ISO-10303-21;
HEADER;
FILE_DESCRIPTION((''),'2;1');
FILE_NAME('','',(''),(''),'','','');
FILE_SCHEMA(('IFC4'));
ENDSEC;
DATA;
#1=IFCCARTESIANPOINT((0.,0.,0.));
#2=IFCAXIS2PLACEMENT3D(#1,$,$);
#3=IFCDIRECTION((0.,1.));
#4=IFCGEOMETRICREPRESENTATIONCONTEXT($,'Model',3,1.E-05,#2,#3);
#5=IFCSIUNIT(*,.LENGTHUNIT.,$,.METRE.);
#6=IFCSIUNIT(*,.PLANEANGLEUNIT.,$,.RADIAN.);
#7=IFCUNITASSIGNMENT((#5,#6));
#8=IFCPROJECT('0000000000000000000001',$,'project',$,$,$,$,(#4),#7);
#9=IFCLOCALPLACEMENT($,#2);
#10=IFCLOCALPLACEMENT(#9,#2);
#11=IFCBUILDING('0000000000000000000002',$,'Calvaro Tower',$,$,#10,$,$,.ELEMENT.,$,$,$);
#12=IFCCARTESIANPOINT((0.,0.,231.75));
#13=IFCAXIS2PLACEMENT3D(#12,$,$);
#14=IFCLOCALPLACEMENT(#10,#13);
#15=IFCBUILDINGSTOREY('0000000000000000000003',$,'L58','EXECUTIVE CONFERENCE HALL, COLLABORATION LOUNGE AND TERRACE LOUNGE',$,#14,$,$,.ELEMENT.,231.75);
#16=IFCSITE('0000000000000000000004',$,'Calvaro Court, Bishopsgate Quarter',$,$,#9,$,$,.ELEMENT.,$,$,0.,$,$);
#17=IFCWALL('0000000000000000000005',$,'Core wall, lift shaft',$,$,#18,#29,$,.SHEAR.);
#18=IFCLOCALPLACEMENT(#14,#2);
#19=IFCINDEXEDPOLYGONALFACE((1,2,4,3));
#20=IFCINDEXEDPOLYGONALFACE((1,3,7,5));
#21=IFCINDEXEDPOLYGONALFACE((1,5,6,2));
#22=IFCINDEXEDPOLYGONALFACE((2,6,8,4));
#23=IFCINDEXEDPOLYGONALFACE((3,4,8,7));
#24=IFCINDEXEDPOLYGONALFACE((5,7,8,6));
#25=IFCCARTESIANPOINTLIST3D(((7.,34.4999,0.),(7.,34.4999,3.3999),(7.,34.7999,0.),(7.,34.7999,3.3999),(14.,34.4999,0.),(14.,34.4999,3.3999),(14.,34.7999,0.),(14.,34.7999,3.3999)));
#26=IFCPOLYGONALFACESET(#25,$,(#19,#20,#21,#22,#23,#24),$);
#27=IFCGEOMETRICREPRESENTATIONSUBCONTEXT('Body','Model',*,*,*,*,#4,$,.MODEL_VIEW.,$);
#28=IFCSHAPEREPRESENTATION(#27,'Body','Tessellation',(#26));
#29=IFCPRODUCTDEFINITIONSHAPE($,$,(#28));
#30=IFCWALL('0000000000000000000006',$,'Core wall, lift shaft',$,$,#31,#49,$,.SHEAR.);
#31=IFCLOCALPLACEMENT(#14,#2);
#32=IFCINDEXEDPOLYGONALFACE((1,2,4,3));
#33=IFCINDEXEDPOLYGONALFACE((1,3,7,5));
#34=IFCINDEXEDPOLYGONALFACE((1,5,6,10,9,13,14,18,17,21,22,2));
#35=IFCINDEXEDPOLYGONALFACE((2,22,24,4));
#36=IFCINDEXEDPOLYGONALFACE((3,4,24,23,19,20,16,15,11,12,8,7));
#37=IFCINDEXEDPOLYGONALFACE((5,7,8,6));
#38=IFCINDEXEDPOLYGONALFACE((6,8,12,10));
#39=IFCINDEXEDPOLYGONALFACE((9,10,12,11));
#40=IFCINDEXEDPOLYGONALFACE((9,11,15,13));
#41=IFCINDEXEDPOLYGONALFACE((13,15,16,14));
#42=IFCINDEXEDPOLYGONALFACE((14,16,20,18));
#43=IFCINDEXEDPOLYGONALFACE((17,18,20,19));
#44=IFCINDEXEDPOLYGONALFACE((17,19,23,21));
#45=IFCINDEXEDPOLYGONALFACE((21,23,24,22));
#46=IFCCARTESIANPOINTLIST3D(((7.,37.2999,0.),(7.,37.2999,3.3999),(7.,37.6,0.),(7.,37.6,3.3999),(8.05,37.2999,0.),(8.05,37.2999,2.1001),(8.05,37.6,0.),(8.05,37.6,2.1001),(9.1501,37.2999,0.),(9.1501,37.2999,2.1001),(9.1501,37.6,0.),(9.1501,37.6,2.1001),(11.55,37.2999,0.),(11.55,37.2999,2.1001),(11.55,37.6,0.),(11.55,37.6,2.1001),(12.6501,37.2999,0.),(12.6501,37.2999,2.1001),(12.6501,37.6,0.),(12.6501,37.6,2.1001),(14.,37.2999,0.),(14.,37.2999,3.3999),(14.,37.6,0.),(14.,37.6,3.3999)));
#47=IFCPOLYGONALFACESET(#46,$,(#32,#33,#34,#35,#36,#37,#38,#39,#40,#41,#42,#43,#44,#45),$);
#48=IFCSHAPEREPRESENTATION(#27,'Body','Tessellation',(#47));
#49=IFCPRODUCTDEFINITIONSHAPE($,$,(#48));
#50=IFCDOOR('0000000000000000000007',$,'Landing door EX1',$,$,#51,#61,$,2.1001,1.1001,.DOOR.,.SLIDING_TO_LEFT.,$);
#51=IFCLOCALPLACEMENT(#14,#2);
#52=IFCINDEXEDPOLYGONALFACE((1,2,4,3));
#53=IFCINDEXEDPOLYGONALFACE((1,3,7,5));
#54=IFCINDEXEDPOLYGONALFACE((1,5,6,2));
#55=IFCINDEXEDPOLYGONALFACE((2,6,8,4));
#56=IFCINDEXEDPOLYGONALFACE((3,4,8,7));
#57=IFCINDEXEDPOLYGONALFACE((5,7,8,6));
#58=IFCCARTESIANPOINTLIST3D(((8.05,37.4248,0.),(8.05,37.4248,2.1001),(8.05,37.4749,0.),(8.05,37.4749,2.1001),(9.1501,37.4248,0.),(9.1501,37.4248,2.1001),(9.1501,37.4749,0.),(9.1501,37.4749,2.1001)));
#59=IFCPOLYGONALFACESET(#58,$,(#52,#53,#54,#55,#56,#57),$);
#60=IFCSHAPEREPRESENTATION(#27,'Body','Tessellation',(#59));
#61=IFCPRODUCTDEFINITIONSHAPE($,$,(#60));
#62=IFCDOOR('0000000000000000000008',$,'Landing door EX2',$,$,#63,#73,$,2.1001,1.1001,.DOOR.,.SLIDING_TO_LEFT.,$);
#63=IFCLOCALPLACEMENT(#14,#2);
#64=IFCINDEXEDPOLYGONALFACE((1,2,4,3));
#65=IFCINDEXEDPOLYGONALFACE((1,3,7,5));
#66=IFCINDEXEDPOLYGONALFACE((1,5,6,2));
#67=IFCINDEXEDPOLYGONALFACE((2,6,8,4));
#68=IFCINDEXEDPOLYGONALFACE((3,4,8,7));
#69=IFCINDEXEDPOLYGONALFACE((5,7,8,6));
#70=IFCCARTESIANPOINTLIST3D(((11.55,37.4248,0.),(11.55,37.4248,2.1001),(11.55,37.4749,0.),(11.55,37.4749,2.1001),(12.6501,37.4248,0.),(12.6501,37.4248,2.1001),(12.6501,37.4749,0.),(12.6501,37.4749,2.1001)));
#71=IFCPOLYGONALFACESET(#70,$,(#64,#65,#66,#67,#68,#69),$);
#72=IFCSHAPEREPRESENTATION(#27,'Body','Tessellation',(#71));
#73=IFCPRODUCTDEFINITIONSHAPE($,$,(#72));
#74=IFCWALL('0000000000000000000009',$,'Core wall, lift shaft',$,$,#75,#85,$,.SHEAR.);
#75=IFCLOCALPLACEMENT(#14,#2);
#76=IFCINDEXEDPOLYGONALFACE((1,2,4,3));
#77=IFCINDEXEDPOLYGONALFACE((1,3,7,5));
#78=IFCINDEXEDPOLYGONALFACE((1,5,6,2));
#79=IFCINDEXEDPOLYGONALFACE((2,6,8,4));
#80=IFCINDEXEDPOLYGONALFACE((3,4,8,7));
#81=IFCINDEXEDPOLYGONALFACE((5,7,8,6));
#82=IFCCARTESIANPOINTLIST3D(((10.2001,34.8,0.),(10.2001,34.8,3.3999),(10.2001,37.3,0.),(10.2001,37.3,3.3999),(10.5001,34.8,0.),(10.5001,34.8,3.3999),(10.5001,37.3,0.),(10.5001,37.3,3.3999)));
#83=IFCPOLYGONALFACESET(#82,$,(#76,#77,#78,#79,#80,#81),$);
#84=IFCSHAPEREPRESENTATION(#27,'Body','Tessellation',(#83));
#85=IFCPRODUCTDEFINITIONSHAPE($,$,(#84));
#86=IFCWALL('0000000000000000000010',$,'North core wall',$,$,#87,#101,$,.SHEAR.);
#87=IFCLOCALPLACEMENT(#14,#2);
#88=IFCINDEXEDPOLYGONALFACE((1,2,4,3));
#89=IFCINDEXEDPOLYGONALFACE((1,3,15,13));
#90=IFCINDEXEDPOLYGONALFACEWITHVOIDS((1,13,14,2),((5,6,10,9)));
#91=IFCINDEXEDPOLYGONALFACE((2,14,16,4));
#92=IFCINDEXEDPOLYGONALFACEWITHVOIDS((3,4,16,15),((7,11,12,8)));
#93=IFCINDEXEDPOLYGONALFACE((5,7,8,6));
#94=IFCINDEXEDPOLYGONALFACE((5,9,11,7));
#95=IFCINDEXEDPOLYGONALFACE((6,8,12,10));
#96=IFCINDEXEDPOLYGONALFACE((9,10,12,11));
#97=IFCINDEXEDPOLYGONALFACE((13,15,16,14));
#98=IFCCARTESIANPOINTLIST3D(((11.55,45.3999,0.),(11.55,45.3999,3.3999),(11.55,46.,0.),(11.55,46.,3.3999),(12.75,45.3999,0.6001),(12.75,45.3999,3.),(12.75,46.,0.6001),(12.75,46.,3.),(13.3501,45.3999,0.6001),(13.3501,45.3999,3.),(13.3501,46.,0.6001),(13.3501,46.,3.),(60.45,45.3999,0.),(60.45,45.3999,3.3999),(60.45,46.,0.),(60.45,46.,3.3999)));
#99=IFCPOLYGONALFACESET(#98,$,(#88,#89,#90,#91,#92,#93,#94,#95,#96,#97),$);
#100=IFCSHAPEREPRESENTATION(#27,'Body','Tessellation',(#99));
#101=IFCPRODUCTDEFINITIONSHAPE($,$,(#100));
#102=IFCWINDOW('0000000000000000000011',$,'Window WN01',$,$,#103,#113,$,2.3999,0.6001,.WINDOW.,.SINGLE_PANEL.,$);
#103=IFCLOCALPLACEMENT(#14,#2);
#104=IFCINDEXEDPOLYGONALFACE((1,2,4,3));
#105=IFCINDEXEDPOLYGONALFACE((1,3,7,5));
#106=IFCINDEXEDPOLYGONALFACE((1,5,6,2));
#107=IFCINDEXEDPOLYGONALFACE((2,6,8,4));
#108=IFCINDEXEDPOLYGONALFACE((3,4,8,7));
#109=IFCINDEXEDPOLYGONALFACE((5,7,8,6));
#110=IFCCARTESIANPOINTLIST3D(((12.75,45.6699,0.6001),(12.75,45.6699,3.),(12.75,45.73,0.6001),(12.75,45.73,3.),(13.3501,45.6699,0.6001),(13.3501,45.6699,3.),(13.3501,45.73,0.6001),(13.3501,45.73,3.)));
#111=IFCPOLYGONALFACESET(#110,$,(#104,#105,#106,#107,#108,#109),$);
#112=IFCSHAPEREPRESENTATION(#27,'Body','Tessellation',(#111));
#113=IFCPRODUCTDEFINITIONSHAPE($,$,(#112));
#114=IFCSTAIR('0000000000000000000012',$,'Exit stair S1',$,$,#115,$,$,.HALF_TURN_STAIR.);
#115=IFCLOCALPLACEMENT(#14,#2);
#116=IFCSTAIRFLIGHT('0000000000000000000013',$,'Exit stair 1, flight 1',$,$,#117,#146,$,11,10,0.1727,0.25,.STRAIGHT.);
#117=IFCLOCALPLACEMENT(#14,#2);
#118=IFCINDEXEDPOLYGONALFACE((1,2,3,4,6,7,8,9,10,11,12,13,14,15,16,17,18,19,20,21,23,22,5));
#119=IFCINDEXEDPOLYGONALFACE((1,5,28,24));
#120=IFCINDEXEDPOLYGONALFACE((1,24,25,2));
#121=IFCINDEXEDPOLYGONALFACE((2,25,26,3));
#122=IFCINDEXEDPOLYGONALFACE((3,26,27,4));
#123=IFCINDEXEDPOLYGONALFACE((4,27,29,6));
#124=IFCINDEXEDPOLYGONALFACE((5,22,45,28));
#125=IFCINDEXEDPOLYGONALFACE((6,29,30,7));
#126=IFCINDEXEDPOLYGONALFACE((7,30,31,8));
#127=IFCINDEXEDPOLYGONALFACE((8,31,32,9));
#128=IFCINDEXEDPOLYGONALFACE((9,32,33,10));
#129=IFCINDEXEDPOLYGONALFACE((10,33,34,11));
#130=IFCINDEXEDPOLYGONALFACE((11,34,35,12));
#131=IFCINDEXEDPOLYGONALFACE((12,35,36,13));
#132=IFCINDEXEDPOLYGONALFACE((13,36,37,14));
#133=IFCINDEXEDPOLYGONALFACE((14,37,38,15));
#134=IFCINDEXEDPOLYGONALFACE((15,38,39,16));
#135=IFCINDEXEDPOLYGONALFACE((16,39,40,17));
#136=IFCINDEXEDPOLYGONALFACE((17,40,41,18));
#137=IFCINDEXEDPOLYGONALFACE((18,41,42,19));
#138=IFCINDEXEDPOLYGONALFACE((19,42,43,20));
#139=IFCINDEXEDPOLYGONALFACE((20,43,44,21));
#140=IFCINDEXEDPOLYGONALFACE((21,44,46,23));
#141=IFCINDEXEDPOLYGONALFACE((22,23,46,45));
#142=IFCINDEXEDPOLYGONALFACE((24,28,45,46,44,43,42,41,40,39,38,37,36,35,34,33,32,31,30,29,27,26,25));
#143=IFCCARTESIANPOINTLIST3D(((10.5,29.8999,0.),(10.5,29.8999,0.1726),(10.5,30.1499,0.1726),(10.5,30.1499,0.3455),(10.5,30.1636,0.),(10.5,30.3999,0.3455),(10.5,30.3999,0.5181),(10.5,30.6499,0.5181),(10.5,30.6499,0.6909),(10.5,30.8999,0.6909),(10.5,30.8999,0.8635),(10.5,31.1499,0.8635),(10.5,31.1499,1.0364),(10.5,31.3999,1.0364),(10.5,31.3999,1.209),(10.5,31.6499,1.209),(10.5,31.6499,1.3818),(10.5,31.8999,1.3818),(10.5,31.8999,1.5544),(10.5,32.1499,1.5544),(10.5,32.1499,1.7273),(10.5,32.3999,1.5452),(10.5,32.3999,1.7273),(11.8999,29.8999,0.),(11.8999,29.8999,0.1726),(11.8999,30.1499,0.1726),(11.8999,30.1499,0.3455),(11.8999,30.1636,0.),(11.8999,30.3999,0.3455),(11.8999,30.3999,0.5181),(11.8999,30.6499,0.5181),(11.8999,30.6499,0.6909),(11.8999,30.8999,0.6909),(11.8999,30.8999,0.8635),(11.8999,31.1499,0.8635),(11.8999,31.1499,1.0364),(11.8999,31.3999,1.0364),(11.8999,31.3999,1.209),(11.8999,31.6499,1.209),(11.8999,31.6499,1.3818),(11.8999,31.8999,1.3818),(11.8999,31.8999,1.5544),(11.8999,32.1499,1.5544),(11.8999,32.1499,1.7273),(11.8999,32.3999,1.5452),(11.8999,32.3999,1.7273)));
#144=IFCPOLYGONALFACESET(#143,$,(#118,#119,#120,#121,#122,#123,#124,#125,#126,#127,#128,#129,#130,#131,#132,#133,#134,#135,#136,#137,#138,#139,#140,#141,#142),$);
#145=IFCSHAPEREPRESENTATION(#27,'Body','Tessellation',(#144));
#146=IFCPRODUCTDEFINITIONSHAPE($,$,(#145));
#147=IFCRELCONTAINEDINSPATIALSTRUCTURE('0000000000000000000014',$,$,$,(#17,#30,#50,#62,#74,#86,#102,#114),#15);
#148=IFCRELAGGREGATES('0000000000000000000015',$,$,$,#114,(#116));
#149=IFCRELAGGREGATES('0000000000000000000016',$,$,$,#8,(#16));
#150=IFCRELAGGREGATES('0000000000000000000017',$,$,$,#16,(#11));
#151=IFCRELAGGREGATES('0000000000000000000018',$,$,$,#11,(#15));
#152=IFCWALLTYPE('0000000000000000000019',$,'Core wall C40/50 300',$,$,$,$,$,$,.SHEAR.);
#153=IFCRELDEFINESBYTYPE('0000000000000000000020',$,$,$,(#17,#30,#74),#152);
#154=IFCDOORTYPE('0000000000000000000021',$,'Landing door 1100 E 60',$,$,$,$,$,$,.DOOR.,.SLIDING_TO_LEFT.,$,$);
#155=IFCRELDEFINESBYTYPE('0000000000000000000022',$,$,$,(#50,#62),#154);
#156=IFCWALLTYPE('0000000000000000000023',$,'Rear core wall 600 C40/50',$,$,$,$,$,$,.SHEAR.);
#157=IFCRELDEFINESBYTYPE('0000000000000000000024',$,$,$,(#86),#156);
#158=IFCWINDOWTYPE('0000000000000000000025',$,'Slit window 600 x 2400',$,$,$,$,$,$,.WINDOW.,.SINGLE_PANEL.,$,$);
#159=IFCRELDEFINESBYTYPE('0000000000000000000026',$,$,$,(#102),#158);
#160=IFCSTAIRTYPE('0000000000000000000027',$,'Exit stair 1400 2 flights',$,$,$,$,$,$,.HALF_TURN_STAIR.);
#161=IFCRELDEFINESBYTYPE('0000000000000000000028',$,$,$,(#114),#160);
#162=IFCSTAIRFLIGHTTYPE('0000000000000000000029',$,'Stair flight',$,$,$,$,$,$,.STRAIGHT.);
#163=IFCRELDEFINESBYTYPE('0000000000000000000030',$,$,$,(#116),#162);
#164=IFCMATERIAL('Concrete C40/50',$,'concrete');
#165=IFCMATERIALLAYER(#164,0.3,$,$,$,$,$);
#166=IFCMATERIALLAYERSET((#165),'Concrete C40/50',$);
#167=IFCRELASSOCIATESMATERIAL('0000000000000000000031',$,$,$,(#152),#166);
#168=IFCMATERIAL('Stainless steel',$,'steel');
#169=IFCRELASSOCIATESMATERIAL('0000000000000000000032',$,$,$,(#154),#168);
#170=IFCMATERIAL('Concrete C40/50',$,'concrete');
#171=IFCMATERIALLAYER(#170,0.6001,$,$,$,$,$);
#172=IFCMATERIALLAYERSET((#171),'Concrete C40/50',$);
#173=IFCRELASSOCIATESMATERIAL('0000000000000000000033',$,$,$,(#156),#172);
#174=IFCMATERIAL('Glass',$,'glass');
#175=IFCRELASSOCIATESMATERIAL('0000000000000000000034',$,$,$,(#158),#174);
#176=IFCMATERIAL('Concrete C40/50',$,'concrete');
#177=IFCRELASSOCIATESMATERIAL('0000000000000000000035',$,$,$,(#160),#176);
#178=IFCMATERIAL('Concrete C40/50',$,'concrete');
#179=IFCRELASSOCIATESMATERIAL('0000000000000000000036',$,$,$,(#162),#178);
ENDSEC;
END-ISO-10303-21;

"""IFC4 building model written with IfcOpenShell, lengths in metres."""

from ifc_helpers import new_model, si_unit, direction, frame, frame_2d, origin, place, context, subcontext, project, spatial, polyline, rectangle, outline, extrude, material, layer, layer_set, type_object, element, fill, aggregate, save


model = new_model("IFC4")

# Units and contexts
model_context = context("Model", 3, precision=1e-05, world=origin(), true_north=direction((0.0, 1.0)))
body_context = subcontext(model_context, "Body", "Model", "MODEL_VIEW")
ifc_project = project(units=[si_unit("LENGTHUNIT", "METRE"), si_unit("PLANEANGLEUNIT", "RADIAN")], contexts=[model_context])

# Site, building, storey
site_placement = place(None, origin())
site = spatial("IfcSite", under=ifc_project, at=site_placement, Name="Calvaro Court, Bishopsgate Quarter", CompositionType="ELEMENT", RefElevation=0.0)
building_placement = place(site_placement, origin())
building = spatial("IfcBuilding", under=site, at=building_placement, Name="Calvaro Tower", CompositionType="ELEMENT")
storey_placement = place(building_placement, frame((0.0, 0.0, 231.75)))
storey = spatial("IfcBuildingStorey", under=building, at=storey_placement, Name="L58", Description="EXECUTIVE CONFERENCE HALL, COLLABORATION LOUNGE AND TERRACE LOUNGE", CompositionType="ELEMENT", Elevation=231.75)

# Wall
ifc_material_1 = material(Name="Concrete C40/50", Category="concrete")
ifc_layer_1 = layer(ifc_material_1, 0.3)
ifc_layer_set_1 = layer_set([ifc_layer_1], Name="Concrete C40/50")
wall_type_1 = type_object("IfcWallType", Name="Core wall C40/50 300", PredefinedType="SHEAR", material=ifc_layer_set_1)
wall_1_placement = place(storey_placement, frame((7.0, 34.6499, 0.0), z_axis=(0.0, 0.0, 1.0), x_axis=(1.0, 0.0, 0.0)))
element("IfcWall", 1, at=wall_1_placement, inside=storey, type_object=wall_type_1, Name="Core wall, lift shaft", PredefinedType="SHEAR", context=body_context, shape_type="SweptSolid", body=[
    extrude(rectangle(XDim=7.0, YDim=0.3, at=frame_2d((3.5, 0.0))), origin(), (0.0, 0.0, 1.0), 3.3999),
])

# Wall, openings, doors
wall_2_placement = place(storey_placement, frame((7.0, 37.45, 0.0), z_axis=(0.0, 0.0, 1.0), x_axis=(1.0, 0.0, 0.0)))
wall_2 = element("IfcWall", 2, at=wall_2_placement, inside=storey, type_object=wall_type_1, Name="Core wall, lift shaft", PredefinedType="SHEAR", context=body_context, shape_type="SweptSolid", body=[
    extrude(rectangle(XDim=7.0, YDim=0.3, at=frame_2d((3.5, 0.0))), origin(), (0.0, 0.0, 1.0), 3.3999),
])
opening_1_placement = place(wall_2_placement, frame((1.05, 0.0, 0.0)))
opening_1 = element("IfcOpeningElement", 3, at=opening_1_placement, cuts=wall_2, PredefinedType="OPENING", context=body_context, shape_type="SweptSolid", body=[
    extrude(rectangle(XDim=1.1001, YDim=2.1001, at=frame_2d((0.55, 1.05))), frame((0.0, 0.1599, 0.0), z_axis=(0.0, -1.0, 0.0), x_axis=(1.0, 0.0, 0.0)), (0.0, 0.0, 1.0), 0.3201),
])
opening_2_placement = place(wall_2_placement, frame((4.55, 0.0, 0.0)))
opening_2 = element("IfcOpeningElement", 4, at=opening_2_placement, cuts=wall_2, PredefinedType="OPENING", context=body_context, shape_type="SweptSolid", body=[
    extrude(rectangle(XDim=1.1001, YDim=2.1001, at=frame_2d((0.55, 1.05))), frame((0.0, 0.1599, 0.0), z_axis=(0.0, -1.0, 0.0), x_axis=(1.0, 0.0, 0.0)), (0.0, 0.0, 1.0), 0.3201),
])
ifc_material_2 = material(Name="Stainless steel", Category="steel")
door_type_1 = type_object("IfcDoorType", Name="Landing door 1100 E 60", OperationType="SLIDING_TO_LEFT", PredefinedType="DOOR", material=ifc_material_2)
door_1_placement = place(opening_1_placement, origin())
door_1 = element("IfcDoor", 5, at=door_1_placement, inside=storey, type_object=door_type_1, Name="Landing door EX1", OperationType="SLIDING_TO_LEFT", OverallHeight=2.1001, OverallWidth=1.1001, PredefinedType="DOOR", context=body_context, shape_type="SweptSolid", body=[
    extrude(rectangle(XDim=1.1001, YDim=2.1001, at=frame_2d((0.55, 1.05))), frame((0.0, 0.0249, 0.0), z_axis=(0.0, -1.0, 0.0), x_axis=(1.0, 0.0, 0.0)), (0.0, 0.0, 1.0), 0.05),
])
fill(opening_1, door_1)
door_2_placement = place(opening_2_placement, origin())
door_2 = element("IfcDoor", 6, at=door_2_placement, inside=storey, type_object=door_type_1, Name="Landing door EX2", OperationType="SLIDING_TO_LEFT", OverallHeight=2.1001, OverallWidth=1.1001, PredefinedType="DOOR", context=body_context, shape_type="SweptSolid", body=[
    extrude(rectangle(XDim=1.1001, YDim=2.1001, at=frame_2d((0.55, 1.05))), frame((0.0, 0.0249, 0.0), z_axis=(0.0, -1.0, 0.0), x_axis=(1.0, 0.0, 0.0)), (0.0, 0.0, 1.0), 0.05),
])
fill(opening_2, door_2)

# Wall
wall_3_placement = place(storey_placement, frame((10.3501, 34.8, 0.0), z_axis=(0.0, 0.0, 1.0), x_axis=(0.0, 1.0, 0.0)))
element("IfcWall", 7, at=wall_3_placement, inside=storey, type_object=wall_type_1, Name="Core wall, lift shaft", PredefinedType="SHEAR", context=body_context, shape_type="SweptSolid", body=[
    extrude(rectangle(XDim=2.5, YDim=0.3, at=frame_2d((1.25, 0.0))), origin(), (0.0, 0.0, 1.0), 3.3999),
])

# Wall, opening, window
ifc_material_3 = material(Name="Concrete C40/50", Category="concrete")
ifc_layer_2 = layer(ifc_material_3, 0.6001)
ifc_layer_set_2 = layer_set([ifc_layer_2], Name="Concrete C40/50")
wall_type_2 = type_object("IfcWallType", Name="Rear core wall 600 C40/50", PredefinedType="SHEAR", material=ifc_layer_set_2)
wall_4_placement = place(storey_placement, frame((11.55, 45.7, 0.0), z_axis=(0.0, 0.0, 1.0), x_axis=(1.0, 0.0, 0.0)))
wall_4 = element("IfcWall", 8, at=wall_4_placement, inside=storey, type_object=wall_type_2, Name="North core wall", PredefinedType="SHEAR", context=body_context, shape_type="SweptSolid", body=[
    extrude(rectangle(XDim=48.8999, YDim=0.6001, at=frame_2d((24.45, 0.0))), origin(), (0.0, 0.0, 1.0), 3.3999),
])
opening_3_placement = place(wall_4_placement, frame((1.2, 0.0, 0.6001)))
opening_3 = element("IfcOpeningElement", 9, at=opening_3_placement, cuts=wall_4, PredefinedType="OPENING", context=body_context, shape_type="SweptSolid", body=[
    extrude(rectangle(XDim=0.6001, YDim=2.3999, at=frame_2d((0.3, 1.2))), frame((0.0, 0.3101, 0.0), z_axis=(0.0, -1.0, 0.0), x_axis=(1.0, 0.0, 0.0)), (0.0, 0.0, 1.0), 0.6201),
])
ifc_material_4 = material(Name="Glass", Category="glass")
window_type = type_object("IfcWindowType", Name="Slit window 600 x 2400", PartitioningType="SINGLE_PANEL", PredefinedType="WINDOW", material=ifc_material_4)
window_placement = place(opening_3_placement, origin())
window = element("IfcWindow", 10, at=window_placement, inside=storey, type_object=window_type, Name="Window WN01", OverallHeight=2.3999, OverallWidth=0.6001, PartitioningType="SINGLE_PANEL", PredefinedType="WINDOW", context=body_context, shape_type="SweptSolid", body=[
    extrude(rectangle(XDim=0.6001, YDim=2.3999, at=frame_2d((0.3, 1.2))), frame((0.0, 0.03, 0.0), z_axis=(0.0, -1.0, 0.0), x_axis=(1.0, 0.0, 0.0)), (0.0, 0.0, 1.0), 0.0601),
])
fill(opening_3, window)

# Stair, stair flight
ifc_material_5 = material(Name="Concrete C40/50", Category="concrete")
stair_type = type_object("IfcStairType", Name="Exit stair 1400 2 flights", PredefinedType="HALF_TURN_STAIR", material=ifc_material_5)
stair_placement = place(storey_placement, origin())
stair = element("IfcStair", 11, at=stair_placement, inside=storey, type_object=stair_type, Name="Exit stair S1", PredefinedType="HALF_TURN_STAIR")
ifc_material_6 = material(Name="Concrete C40/50", Category="concrete")
stair_flight_type = type_object("IfcStairFlightType", Name="Stair flight", PredefinedType="STRAIGHT", material=ifc_material_6)
stair_flight_placement = place(storey_placement, frame((11.2, 29.8999, 0.0), z_axis=(0.0, 0.0, 1.0), x_axis=(0.0, 1.0, 0.0)))
stair_flight = element("IfcStairFlight", 12, at=stair_flight_placement, type_object=stair_flight_type, Name="Exit stair 1, flight 1", NumberOfRisers=11, NumberOfTreads=10, PredefinedType="STRAIGHT", RiserHeight=0.1727, TreadLength=0.25, context=body_context, shape_type="SweptSolid", body=[
    extrude(outline(polyline([(0.0, 0.0), (0.0, 0.1726), (0.25, 0.1726), (0.25, 0.3455), (0.5, 0.3455), (0.5, 0.5181), (0.75, 0.5181), (0.75, 0.6909), (1.0, 0.6909), (1.0, 0.8635), (1.25, 0.8635), (1.25, 1.0364), (1.5, 1.0364), (1.5, 1.209), (1.75, 1.209), (1.75, 1.3818), (2.0, 1.3818), (2.0, 1.5544), (2.25, 1.5544), (2.25, 1.7273), (2.5, 1.7273), (2.5, 1.8999), (2.5, 1.5452), (0.2637, 0.0), (0.0, 0.0)])), frame((0.0, 0.7, 0.0), z_axis=(0.0, -1.0, 0.0), x_axis=(1.0, 0.0, 0.0)), (0.0, 0.0, 1.0), 1.3999),
])
aggregate(stair, [stair_flight])

save(model, "model.ifc")
